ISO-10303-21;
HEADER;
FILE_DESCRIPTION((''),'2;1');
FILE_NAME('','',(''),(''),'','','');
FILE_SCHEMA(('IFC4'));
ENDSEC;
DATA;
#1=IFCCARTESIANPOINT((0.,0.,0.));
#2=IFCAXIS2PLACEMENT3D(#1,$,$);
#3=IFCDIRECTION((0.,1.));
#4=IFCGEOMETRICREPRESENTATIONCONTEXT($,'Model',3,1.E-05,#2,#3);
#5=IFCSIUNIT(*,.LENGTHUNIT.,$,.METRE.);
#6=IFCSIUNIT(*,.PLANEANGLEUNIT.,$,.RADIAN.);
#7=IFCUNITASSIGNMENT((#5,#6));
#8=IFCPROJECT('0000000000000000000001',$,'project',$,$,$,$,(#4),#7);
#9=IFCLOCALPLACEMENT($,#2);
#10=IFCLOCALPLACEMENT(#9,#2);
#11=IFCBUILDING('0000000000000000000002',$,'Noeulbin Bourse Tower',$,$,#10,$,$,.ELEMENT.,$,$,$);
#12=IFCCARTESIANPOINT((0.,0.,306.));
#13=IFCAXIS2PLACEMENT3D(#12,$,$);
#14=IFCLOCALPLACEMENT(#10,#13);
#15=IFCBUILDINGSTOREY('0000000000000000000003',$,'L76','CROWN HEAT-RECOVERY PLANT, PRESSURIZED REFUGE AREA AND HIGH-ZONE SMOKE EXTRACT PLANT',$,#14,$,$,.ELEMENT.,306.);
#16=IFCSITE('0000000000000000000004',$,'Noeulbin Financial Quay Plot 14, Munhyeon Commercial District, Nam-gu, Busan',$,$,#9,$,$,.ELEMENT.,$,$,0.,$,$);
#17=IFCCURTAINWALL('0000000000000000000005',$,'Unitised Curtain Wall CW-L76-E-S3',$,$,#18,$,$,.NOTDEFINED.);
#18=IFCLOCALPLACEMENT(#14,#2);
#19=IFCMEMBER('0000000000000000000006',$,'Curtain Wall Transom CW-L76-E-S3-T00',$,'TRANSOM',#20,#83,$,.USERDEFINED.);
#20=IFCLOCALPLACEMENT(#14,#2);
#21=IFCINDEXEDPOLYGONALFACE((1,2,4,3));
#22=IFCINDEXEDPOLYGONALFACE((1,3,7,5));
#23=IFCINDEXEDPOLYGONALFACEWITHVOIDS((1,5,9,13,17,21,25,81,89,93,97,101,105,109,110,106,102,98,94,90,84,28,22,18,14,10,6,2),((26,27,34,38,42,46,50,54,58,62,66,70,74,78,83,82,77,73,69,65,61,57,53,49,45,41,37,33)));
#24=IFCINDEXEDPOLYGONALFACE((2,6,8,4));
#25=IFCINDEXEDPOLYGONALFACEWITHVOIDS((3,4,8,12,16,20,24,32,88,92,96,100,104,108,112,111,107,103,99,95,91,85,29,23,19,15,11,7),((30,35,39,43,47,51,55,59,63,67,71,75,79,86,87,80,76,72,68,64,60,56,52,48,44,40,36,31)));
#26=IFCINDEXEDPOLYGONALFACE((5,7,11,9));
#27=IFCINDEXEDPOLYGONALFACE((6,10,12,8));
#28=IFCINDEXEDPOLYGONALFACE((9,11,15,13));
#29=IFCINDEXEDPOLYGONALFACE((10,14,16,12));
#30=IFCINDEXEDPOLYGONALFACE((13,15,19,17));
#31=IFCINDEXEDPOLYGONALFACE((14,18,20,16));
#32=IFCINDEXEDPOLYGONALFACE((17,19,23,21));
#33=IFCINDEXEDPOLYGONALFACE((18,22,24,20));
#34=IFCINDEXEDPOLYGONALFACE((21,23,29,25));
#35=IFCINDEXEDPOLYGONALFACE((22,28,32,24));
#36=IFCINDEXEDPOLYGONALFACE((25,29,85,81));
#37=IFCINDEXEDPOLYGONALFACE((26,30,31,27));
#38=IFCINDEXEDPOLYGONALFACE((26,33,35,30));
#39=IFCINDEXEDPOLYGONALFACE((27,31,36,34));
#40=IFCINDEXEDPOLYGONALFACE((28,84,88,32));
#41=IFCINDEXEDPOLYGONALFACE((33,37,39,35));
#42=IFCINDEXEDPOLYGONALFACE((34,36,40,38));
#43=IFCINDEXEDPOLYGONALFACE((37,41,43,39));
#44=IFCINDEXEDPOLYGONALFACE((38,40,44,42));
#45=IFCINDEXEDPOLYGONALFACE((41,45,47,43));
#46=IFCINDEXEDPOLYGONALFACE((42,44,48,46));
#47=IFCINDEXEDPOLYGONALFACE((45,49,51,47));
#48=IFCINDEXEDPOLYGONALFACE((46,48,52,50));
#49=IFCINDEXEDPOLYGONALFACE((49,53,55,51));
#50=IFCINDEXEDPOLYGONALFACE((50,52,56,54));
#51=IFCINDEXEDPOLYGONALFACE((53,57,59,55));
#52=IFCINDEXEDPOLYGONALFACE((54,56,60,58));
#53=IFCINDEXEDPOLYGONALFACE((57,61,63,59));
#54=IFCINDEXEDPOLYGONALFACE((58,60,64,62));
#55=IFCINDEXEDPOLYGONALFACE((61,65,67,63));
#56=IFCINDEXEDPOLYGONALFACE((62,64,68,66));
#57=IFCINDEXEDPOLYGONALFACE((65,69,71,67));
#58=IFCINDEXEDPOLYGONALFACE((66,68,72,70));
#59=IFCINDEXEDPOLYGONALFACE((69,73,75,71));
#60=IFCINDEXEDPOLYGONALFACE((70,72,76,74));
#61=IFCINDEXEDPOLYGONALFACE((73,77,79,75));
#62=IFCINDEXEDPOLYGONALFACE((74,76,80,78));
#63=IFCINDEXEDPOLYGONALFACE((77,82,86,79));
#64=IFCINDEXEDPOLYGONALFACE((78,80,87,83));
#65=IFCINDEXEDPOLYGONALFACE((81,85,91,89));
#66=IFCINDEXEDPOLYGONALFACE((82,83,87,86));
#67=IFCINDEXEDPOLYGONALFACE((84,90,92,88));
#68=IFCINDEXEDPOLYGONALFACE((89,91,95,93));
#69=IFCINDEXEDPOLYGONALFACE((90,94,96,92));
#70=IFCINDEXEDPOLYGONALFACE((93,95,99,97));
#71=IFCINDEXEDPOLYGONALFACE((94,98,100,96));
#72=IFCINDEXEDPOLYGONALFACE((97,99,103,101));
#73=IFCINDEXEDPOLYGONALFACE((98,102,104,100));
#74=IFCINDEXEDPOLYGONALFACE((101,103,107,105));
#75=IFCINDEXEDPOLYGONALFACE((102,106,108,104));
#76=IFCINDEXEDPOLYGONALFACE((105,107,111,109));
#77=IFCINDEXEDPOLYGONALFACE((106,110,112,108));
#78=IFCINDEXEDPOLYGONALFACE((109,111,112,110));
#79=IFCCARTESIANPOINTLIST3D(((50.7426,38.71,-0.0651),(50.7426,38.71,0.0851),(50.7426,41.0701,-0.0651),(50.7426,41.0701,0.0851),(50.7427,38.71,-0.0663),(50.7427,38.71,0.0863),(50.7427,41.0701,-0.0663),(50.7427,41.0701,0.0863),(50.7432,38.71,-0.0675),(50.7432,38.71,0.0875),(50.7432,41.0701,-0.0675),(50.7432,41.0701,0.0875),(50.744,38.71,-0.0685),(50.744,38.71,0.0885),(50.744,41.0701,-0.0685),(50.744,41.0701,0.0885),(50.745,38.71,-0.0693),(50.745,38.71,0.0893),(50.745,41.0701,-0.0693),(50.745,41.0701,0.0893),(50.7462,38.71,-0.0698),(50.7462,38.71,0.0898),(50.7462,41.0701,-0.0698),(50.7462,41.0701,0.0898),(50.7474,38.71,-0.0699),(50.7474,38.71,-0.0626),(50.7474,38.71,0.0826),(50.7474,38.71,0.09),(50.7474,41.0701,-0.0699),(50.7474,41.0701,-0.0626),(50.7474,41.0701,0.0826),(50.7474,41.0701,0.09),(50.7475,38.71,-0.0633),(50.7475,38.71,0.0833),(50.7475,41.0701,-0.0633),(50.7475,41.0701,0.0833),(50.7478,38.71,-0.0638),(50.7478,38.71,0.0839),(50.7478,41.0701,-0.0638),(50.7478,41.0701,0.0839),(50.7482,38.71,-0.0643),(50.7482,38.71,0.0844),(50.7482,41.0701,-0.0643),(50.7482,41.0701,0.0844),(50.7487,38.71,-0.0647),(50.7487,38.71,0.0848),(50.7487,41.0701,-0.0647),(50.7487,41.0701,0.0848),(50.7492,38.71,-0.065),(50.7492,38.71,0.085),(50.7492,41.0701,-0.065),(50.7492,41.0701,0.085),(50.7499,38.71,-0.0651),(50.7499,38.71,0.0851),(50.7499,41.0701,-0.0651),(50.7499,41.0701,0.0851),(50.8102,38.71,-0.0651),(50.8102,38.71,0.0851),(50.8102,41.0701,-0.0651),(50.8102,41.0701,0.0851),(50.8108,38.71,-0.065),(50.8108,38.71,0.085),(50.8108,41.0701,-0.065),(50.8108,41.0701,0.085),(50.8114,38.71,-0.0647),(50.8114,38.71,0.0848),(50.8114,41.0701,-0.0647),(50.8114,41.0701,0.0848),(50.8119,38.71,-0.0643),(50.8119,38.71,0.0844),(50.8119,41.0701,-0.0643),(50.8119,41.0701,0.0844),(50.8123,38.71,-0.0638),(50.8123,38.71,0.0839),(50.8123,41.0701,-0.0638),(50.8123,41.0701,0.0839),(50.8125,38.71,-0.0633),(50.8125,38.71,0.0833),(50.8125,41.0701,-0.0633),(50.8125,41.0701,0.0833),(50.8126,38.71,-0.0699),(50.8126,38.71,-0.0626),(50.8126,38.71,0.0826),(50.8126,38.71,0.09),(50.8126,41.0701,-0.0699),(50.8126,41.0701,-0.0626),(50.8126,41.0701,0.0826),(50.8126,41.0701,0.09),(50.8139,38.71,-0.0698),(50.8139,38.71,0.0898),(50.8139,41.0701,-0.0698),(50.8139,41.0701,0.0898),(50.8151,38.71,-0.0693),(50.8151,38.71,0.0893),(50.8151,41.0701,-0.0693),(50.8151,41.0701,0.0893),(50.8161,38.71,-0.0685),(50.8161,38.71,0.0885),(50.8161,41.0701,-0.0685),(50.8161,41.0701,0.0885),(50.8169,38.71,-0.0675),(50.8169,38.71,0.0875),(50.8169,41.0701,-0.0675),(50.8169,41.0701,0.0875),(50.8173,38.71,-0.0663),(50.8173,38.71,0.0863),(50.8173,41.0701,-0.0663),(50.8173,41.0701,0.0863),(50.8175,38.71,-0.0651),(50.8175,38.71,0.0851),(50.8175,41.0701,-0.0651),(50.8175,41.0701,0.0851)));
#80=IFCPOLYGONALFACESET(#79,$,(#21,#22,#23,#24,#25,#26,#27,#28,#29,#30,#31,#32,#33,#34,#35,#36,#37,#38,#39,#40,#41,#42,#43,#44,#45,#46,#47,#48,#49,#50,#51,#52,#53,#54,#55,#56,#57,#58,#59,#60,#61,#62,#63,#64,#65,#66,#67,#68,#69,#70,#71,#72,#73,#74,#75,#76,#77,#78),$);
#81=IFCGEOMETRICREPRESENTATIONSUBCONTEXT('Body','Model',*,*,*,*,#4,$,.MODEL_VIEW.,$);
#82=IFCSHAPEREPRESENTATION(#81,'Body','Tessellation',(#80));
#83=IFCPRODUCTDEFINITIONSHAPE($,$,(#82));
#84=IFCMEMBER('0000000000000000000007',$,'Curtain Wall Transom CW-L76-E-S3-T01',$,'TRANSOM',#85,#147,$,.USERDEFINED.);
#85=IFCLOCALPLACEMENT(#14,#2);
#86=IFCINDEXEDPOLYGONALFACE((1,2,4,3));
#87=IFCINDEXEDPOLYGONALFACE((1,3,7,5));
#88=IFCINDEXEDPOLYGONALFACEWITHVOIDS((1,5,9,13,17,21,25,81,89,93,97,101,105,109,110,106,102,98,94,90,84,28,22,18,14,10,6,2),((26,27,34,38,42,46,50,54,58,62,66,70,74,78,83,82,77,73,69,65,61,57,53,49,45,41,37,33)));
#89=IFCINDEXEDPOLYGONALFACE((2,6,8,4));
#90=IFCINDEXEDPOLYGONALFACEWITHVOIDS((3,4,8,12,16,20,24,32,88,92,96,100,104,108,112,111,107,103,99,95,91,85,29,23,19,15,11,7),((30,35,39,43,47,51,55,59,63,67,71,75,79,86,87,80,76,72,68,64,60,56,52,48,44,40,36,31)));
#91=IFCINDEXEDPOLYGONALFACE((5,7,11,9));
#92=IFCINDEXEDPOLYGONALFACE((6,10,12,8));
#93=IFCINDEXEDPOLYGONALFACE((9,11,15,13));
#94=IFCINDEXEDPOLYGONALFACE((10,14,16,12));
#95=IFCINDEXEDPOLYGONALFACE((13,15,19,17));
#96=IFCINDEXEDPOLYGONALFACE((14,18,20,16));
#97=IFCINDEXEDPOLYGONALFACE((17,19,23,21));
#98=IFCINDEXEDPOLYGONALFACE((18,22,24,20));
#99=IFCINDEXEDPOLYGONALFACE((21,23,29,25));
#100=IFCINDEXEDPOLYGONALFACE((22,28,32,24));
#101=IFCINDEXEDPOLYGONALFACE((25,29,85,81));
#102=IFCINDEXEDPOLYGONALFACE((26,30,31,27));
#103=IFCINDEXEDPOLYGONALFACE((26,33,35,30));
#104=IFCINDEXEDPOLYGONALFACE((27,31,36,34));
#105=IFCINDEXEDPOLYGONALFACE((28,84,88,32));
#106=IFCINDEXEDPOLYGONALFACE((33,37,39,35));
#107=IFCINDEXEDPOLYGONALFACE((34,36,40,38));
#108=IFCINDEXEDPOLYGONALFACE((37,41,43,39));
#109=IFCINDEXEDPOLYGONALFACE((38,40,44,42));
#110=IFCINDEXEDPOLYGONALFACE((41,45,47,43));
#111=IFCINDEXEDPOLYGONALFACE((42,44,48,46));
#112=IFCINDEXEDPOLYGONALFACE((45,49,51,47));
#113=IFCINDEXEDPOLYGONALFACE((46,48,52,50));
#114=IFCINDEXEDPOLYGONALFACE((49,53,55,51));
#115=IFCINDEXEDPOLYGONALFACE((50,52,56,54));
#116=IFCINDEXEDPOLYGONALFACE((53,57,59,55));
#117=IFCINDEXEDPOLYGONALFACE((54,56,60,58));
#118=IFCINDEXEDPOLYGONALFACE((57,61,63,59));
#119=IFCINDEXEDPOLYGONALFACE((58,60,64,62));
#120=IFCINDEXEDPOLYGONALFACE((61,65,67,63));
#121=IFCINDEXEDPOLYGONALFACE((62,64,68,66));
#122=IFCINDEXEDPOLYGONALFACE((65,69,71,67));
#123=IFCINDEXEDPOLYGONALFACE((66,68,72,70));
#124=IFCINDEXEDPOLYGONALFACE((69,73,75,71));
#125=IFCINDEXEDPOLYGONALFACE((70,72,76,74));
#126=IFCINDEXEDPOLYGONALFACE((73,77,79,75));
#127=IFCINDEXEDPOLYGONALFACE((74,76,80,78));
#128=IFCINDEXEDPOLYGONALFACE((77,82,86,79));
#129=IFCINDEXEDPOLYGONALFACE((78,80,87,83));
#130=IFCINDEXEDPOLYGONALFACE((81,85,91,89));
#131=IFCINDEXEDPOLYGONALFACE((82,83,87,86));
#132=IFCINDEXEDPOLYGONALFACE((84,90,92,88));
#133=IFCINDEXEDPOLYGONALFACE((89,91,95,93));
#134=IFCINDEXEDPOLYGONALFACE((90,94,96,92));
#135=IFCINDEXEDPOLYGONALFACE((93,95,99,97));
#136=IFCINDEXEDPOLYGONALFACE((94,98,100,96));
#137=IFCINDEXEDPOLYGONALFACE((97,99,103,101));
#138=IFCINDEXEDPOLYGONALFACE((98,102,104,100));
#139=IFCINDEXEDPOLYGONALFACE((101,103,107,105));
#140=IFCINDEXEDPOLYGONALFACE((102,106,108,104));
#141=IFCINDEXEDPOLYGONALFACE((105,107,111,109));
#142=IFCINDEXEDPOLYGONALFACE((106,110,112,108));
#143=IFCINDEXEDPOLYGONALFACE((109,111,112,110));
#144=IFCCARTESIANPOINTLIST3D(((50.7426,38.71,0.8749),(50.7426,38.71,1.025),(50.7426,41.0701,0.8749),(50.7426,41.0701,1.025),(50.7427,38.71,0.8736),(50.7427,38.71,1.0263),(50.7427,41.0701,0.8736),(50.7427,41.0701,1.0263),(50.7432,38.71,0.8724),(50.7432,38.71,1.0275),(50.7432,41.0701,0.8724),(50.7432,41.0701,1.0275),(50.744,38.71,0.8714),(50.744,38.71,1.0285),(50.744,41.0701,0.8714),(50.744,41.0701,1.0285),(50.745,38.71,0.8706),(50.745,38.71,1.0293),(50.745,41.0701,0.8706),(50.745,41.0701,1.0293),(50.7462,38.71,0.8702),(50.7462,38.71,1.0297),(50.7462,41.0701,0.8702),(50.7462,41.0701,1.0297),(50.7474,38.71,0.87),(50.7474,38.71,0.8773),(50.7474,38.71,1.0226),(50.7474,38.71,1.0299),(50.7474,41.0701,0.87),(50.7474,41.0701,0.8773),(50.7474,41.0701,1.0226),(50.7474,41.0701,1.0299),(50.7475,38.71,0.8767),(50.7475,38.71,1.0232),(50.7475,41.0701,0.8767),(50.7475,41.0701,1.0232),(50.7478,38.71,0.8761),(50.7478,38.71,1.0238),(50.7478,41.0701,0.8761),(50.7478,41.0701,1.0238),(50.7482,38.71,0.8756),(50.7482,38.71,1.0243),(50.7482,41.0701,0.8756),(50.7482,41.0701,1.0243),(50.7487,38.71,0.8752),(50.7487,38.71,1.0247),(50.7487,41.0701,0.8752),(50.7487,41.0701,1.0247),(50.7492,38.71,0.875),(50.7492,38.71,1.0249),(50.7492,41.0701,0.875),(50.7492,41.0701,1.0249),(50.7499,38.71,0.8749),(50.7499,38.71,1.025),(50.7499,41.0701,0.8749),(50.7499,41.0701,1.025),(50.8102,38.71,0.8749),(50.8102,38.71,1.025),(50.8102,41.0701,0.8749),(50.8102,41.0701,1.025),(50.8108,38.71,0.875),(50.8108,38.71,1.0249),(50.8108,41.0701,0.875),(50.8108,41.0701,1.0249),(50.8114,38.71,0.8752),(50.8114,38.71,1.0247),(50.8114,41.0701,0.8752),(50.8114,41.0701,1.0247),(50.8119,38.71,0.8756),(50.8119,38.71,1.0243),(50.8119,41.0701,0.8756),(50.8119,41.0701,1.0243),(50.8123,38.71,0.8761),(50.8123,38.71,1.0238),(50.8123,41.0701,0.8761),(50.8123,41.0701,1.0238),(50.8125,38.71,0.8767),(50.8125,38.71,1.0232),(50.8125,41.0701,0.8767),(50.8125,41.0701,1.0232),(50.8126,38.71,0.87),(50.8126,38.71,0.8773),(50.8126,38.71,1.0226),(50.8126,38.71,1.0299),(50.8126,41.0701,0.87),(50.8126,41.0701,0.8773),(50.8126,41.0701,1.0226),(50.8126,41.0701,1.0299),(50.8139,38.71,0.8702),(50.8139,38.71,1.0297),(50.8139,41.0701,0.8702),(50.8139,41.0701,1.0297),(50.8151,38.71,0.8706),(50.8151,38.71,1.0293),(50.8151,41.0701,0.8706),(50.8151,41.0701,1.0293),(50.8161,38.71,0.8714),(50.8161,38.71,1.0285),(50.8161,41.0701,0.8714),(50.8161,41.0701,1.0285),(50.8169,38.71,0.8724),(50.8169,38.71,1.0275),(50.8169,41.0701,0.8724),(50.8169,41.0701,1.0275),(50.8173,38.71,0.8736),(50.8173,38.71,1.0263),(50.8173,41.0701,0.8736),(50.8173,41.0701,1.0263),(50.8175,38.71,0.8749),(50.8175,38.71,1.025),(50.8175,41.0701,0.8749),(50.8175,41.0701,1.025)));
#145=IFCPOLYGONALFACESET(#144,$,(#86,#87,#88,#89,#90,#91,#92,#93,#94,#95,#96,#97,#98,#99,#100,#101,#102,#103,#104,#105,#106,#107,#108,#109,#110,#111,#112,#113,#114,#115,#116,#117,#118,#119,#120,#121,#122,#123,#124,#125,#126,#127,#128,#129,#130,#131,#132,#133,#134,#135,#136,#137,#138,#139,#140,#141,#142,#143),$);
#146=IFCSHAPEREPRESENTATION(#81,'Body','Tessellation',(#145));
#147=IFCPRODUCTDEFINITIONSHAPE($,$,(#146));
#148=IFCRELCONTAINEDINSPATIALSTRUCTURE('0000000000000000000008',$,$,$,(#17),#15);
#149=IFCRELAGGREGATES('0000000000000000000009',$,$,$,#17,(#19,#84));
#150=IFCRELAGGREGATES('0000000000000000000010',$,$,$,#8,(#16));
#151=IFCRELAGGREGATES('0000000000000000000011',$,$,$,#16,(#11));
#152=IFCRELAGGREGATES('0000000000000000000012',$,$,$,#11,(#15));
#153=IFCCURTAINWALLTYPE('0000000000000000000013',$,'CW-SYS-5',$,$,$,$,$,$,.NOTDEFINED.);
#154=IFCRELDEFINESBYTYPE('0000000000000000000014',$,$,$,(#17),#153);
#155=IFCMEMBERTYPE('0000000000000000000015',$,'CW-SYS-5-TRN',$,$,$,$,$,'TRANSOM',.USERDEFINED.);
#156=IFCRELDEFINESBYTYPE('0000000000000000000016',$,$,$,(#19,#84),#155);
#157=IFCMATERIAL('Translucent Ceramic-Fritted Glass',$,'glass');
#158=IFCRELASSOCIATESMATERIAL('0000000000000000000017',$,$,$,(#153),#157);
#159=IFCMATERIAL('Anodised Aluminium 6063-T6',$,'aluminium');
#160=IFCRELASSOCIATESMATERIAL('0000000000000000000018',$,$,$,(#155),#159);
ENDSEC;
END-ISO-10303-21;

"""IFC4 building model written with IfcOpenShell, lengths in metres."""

from ifc_helpers import new_model, si_unit, direction, frame, origin, origin_2d, place, context, subcontext, project, spatial, hollow_rectangle, extrude, material, material_profile, profile_set, type_object, element, aggregate, save


model = new_model("IFC4")

# Units and contexts
model_context = context("Model", 3, precision=1e-05, world=origin(), true_north=direction((0.0, 1.0)))
body_context = subcontext(model_context, "Body", "Model", "MODEL_VIEW")
ifc_project = project(units=[si_unit("LENGTHUNIT", "METRE"), si_unit("PLANEANGLEUNIT", "RADIAN")], contexts=[model_context])

# Site, building, storey
site_placement = place(None, origin())
site = spatial("IfcSite", under=ifc_project, at=site_placement, Name="Noeulbin Financial Quay Plot 14, Munhyeon Commercial District, Nam-gu, Busan", CompositionType="ELEMENT", RefElevation=0.0)
building_placement = place(site_placement, origin())
building = spatial("IfcBuilding", under=site, at=building_placement, Name="Noeulbin Bourse Tower", CompositionType="ELEMENT")
storey_placement = place(building_placement, frame((0.0, 0.0, 306.0)))
storey = spatial("IfcBuildingStorey", under=building, at=storey_placement, Name="L76", Description="CROWN HEAT-RECOVERY PLANT, PRESSURIZED REFUGE AREA AND HIGH-ZONE SMOKE EXTRACT PLANT", CompositionType="ELEMENT", Elevation=306.0)

# Shared definitions
ifc_material_1 = material(Name="Translucent Ceramic-Fritted Glass", Category="glass")
curtain_wall_type = type_object("IfcCurtainWallType", Name="CW-SYS-5", PredefinedType="NOTDEFINED", material=ifc_material_1)
ifc_material_2 = material(Name="Anodised Aluminium 6063-T6", Category="aluminium")

# Curtain wall
curtain_wall_1_placement = place(storey_placement, origin())
curtain_wall_1 = element("IfcCurtainWall", 1, at=curtain_wall_1_placement, inside=storey, type_object=curtain_wall_type, Name="Unitised Curtain Wall CW-L76-E-S3", PredefinedType="NOTDEFINED")

# Members
ifc_material_profile_1 = material_profile(ifc_material_2, hollow_rectangle(XDim=0.075, YDim=0.1599, WallThickness=0.0049, InnerFilletRadius=0.0024, OuterFilletRadius=0.0049, at=origin_2d()), Name="ALU-TRAN-75x160x5", Category="LoadBearing")
ifc_profile_set_1 = profile_set([ifc_material_profile_1], Name="Anodised Aluminium 6063-T6")
member_type_1 = type_object("IfcMemberType", Name="CW-SYS-5-TRN", ElementType="TRANSOM", PredefinedType="USERDEFINED", material=ifc_profile_set_1)
member_1_placement = place(storey_placement, frame((50.78, 38.71, 0.01), z_axis=(0.0, 1.0, 0.0), x_axis=(-1.0, 0.0, 0.0)))
member_1 = element("IfcMember", 2, at=member_1_placement, type_object=member_type_1, Name="Curtain Wall Transom CW-L76-E-S3-T00", ObjectType="TRANSOM", PredefinedType="USERDEFINED", context=body_context, shape_type="SweptSolid", body=[
    extrude(hollow_rectangle(XDim=0.075, YDim=0.1599, WallThickness=0.0049, InnerFilletRadius=0.0024, OuterFilletRadius=0.0049, at=origin_2d()), origin(), (0.0, 0.0, 1.0), 2.3601),
])
member_2_placement = place(storey_placement, frame((50.78, 38.71, 0.95), z_axis=(0.0, 1.0, 0.0), x_axis=(-1.0, 0.0, 0.0)))
member_2 = element("IfcMember", 3, at=member_2_placement, type_object=member_type_1, Name="Curtain Wall Transom CW-L76-E-S3-T01", ObjectType="TRANSOM", PredefinedType="USERDEFINED", context=body_context, shape_type="SweptSolid", body=[
    extrude(hollow_rectangle(XDim=0.075, YDim=0.1599, WallThickness=0.0049, InnerFilletRadius=0.0024, OuterFilletRadius=0.0049, at=origin_2d()), origin(), (0.0, 0.0, 1.0), 2.3601),
])

aggregate(curtain_wall_1, [member_1, member_2])

save(model, "model.ifc")
